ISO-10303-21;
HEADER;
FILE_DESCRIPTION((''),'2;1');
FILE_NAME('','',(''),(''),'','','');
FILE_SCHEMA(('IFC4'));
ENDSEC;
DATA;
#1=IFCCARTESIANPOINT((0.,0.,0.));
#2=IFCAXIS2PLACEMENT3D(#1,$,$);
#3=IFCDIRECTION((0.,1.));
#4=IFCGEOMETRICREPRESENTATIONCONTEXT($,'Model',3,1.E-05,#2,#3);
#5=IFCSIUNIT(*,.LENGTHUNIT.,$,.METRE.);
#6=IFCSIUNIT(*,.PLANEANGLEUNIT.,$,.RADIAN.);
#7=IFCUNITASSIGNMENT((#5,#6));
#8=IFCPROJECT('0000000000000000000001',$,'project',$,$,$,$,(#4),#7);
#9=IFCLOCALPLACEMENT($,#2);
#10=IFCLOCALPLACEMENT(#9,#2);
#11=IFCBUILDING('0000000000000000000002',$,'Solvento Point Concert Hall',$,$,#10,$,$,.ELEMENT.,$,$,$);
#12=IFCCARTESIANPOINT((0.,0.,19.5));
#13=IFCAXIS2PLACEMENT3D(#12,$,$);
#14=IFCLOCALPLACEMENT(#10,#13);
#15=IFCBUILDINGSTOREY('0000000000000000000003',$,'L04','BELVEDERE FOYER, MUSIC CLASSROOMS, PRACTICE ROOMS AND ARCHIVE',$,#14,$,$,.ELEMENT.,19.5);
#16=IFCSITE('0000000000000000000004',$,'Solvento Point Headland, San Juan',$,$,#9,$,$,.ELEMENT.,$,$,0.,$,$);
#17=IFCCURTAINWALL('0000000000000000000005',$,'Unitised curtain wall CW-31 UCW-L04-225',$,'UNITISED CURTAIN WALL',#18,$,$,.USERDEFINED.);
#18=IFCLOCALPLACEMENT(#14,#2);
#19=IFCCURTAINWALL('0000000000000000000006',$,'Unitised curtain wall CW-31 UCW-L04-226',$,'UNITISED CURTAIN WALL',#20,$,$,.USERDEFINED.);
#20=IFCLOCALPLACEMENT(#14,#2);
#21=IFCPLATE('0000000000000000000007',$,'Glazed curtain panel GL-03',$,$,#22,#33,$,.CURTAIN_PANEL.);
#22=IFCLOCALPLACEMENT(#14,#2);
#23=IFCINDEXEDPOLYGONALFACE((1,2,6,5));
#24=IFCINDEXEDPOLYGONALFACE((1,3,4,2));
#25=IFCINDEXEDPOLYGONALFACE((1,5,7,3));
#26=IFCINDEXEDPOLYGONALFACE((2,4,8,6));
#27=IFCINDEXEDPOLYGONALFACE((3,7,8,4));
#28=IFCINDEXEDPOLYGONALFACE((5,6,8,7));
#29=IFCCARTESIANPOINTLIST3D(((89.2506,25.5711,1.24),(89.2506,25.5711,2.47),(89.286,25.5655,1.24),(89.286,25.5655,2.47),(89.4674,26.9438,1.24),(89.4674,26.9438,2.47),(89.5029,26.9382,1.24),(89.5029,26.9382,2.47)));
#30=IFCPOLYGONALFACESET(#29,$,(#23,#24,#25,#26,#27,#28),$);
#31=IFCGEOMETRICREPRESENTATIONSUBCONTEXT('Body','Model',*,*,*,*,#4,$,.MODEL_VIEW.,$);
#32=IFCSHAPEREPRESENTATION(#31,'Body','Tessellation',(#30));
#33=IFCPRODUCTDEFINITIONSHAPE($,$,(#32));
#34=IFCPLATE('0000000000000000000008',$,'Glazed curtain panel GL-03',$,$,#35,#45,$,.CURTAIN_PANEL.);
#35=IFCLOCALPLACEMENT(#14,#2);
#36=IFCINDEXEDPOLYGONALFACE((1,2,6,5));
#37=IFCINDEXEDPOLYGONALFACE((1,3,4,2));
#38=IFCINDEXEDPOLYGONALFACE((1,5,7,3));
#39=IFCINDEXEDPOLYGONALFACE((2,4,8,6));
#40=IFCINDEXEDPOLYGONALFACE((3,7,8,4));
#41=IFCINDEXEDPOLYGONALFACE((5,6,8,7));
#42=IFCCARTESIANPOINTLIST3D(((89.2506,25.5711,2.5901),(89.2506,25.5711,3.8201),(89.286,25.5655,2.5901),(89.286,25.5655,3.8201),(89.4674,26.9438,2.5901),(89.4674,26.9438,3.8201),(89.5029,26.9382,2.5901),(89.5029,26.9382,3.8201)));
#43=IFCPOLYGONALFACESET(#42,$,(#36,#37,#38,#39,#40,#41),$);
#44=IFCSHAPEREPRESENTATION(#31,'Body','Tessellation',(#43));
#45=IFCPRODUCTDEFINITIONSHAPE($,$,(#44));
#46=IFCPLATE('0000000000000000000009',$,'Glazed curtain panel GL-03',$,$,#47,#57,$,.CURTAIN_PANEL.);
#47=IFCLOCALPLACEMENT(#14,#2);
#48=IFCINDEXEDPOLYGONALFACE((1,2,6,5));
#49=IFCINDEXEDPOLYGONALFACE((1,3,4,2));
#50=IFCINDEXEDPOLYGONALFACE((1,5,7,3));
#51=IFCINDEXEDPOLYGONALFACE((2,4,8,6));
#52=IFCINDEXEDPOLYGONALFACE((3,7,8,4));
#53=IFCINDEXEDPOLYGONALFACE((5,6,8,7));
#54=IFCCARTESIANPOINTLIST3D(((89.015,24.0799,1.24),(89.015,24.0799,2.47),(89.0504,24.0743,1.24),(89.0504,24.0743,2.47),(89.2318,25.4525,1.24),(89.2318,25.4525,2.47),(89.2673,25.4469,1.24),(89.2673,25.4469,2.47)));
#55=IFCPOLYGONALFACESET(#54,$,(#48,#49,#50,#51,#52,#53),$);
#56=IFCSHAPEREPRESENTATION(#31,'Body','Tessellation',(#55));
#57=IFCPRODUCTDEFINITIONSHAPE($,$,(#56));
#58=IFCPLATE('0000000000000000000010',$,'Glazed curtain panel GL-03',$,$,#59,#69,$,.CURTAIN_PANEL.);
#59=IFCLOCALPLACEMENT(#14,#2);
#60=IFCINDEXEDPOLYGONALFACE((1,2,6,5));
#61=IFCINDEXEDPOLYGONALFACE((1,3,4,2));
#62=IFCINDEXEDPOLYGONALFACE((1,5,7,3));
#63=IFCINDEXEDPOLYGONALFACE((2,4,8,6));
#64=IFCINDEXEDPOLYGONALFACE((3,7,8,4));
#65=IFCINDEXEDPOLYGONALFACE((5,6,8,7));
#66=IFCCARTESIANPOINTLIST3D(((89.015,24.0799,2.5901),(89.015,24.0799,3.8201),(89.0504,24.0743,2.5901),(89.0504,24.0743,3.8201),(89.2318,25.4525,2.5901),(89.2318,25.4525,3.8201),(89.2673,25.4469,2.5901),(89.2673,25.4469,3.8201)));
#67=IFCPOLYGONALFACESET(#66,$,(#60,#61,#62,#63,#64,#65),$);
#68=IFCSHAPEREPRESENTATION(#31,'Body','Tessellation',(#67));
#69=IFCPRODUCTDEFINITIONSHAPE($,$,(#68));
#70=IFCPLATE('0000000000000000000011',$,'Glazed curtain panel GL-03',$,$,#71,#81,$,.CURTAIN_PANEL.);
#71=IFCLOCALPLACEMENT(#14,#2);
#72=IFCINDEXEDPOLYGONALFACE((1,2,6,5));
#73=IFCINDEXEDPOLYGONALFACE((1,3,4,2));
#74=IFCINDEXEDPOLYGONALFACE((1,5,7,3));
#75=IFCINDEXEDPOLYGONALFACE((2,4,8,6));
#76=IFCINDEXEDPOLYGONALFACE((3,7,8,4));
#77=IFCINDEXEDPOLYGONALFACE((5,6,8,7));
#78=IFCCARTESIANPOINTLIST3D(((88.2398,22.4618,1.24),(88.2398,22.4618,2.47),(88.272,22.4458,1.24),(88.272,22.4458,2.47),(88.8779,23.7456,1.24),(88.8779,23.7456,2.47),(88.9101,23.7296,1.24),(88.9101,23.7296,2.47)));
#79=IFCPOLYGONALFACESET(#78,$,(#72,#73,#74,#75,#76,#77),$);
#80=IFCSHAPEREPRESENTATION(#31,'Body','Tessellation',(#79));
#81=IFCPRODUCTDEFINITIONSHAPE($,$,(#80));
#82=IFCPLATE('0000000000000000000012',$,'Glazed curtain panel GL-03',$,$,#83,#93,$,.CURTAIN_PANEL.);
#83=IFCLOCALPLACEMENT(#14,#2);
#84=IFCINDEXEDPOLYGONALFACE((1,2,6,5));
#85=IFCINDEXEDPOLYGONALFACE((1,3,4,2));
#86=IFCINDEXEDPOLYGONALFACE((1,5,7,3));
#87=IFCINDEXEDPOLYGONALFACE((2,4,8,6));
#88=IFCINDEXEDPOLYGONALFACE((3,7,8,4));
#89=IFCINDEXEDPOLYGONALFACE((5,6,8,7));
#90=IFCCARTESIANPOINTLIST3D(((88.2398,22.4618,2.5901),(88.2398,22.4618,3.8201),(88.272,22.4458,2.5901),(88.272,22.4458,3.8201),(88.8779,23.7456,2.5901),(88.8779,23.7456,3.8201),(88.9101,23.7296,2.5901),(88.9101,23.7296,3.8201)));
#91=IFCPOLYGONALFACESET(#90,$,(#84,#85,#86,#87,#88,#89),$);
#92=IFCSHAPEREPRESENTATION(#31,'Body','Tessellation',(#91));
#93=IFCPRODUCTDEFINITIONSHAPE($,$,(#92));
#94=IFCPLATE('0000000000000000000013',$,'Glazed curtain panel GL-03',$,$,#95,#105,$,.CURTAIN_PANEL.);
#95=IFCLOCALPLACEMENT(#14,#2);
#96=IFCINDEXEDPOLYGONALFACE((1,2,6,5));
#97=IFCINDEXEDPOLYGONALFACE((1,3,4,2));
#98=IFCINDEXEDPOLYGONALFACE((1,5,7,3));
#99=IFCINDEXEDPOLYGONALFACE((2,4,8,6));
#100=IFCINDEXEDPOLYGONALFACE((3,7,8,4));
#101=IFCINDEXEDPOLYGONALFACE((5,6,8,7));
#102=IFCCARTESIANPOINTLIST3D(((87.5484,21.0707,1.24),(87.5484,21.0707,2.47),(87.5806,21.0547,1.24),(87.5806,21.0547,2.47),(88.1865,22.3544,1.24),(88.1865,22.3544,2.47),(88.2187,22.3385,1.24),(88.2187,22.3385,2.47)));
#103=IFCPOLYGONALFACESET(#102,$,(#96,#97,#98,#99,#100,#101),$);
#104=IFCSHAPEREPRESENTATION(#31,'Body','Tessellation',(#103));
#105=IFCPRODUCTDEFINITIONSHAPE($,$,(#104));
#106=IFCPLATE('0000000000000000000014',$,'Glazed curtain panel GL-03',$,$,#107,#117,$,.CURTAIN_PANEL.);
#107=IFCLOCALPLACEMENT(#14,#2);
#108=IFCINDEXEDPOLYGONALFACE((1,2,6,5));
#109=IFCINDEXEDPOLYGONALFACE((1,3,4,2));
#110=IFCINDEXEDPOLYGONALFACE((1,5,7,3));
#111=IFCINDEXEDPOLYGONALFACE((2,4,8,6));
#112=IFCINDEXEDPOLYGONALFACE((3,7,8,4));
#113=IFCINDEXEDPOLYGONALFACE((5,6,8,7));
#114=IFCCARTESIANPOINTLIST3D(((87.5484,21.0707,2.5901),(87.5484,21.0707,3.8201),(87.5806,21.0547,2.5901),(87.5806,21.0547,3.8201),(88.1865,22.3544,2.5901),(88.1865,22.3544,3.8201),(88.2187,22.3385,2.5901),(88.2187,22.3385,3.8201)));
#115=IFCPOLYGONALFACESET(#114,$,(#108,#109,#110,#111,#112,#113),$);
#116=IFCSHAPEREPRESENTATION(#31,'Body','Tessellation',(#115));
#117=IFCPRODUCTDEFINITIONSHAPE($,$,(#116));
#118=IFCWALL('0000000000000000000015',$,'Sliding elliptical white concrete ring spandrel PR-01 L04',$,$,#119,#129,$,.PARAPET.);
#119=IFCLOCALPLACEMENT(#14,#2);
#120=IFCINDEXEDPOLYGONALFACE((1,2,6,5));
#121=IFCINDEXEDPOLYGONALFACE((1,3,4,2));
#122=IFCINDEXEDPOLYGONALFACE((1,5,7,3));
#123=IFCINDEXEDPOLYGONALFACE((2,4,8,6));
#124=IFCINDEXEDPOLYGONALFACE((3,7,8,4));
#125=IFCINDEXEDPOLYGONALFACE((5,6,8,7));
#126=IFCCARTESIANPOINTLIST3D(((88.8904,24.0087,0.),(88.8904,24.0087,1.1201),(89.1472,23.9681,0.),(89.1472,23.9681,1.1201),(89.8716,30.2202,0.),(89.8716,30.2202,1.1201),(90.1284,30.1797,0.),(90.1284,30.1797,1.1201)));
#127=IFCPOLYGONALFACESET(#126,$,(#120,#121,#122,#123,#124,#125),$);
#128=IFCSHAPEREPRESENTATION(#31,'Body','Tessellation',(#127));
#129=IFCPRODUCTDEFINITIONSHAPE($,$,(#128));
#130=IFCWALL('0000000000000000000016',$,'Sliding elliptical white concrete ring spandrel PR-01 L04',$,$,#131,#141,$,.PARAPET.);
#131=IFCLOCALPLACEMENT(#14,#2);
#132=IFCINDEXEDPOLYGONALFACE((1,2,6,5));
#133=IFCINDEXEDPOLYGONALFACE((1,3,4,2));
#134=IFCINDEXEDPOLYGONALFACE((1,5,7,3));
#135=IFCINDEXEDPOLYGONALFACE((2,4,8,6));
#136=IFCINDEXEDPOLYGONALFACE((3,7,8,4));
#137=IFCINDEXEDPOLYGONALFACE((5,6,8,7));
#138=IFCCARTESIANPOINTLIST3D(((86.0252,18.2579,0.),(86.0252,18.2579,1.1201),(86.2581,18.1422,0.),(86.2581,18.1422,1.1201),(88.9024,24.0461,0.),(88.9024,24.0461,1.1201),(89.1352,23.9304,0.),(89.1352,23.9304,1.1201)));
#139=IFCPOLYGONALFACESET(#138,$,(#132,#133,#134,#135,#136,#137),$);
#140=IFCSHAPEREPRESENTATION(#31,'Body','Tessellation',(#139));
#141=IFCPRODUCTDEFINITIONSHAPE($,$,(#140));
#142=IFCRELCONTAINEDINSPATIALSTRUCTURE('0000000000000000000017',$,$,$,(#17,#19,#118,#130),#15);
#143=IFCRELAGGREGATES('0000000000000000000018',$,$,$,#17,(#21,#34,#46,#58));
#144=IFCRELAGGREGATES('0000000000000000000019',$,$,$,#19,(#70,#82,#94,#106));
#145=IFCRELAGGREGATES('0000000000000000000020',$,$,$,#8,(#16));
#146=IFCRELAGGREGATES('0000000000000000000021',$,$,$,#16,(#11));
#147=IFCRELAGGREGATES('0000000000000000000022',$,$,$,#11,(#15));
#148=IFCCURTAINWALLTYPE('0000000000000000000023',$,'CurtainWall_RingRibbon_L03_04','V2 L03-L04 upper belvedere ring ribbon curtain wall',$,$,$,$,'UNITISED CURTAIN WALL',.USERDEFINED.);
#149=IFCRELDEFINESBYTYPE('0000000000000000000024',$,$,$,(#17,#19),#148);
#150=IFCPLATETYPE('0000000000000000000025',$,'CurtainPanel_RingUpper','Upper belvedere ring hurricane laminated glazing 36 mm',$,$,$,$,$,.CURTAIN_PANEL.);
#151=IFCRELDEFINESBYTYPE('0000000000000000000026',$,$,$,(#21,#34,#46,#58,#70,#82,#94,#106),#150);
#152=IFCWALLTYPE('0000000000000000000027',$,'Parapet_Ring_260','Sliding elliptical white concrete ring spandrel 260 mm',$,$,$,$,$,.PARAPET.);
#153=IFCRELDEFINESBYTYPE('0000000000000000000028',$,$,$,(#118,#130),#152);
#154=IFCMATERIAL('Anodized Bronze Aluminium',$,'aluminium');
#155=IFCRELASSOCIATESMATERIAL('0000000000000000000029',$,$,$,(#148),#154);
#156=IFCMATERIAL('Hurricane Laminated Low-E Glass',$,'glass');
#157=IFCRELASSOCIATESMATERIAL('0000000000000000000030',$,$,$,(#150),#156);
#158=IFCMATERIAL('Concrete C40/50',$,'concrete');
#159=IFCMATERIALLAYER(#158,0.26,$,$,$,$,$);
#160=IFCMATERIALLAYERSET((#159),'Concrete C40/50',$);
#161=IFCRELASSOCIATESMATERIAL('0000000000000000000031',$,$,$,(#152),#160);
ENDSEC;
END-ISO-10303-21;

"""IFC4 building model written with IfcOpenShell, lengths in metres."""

from ifc_helpers import new_model, si_unit, direction, frame, frame_2d, origin, origin_2d, place, context, subcontext, project, spatial, rectangle, extrude, material, layer, layer_set, type_object, element, aggregate, save


model = new_model("IFC4")

# Units and contexts
model_context = context("Model", 3, precision=1e-05, world=origin(), true_north=direction((0.0, 1.0)))
body_context = subcontext(model_context, "Body", "Model", "MODEL_VIEW")
ifc_project = project(units=[si_unit("LENGTHUNIT", "METRE"), si_unit("PLANEANGLEUNIT", "RADIAN")], contexts=[model_context])

# Site, building, storey
site_placement = place(None, origin())
site = spatial("IfcSite", under=ifc_project, at=site_placement, Name="Solvento Point Headland, San Juan", CompositionType="ELEMENT", RefElevation=0.0)
building_placement = place(site_placement, origin())
building = spatial("IfcBuilding", under=site, at=building_placement, Name="Solvento Point Concert Hall", CompositionType="ELEMENT")
storey_placement = place(building_placement, frame((0.0, 0.0, 19.5)))
storey = spatial("IfcBuildingStorey", under=building, at=storey_placement, Name="L04", Description="BELVEDERE FOYER, MUSIC CLASSROOMS, PRACTICE ROOMS AND ARCHIVE", CompositionType="ELEMENT", Elevation=19.5)

# Curtain walls
ifc_material_1 = material(Name="Anodized Bronze Aluminium", Category="aluminium")
curtain_wall_type = type_object("IfcCurtainWallType", Name="CurtainWall_RingRibbon_L03_04", Description="V2 L03-L04 upper belvedere ring ribbon curtain wall", ElementType="UNITISED CURTAIN WALL", PredefinedType="USERDEFINED", material=ifc_material_1)
curtain_wall_1_placement = place(storey_placement, origin())
curtain_wall_1 = element("IfcCurtainWall", 1, at=curtain_wall_1_placement, inside=storey, type_object=curtain_wall_type, Name="Unitised curtain wall CW-31 UCW-L04-225", ObjectType="UNITISED CURTAIN WALL", PredefinedType="USERDEFINED")
curtain_wall_2_placement = place(storey_placement, origin())
curtain_wall_2 = element("IfcCurtainWall", 2, at=curtain_wall_2_placement, inside=storey, type_object=curtain_wall_type, Name="Unitised curtain wall CW-31 UCW-L04-226", ObjectType="UNITISED CURTAIN WALL", PredefinedType="USERDEFINED")

# Plates
ifc_material_2 = material(Name="Hurricane Laminated Low-E Glass", Category="glass")
plate_type = type_object("IfcPlateType", Name="CurtainPanel_RingUpper", Description="Upper belvedere ring hurricane laminated glazing 36 mm", PredefinedType="CURTAIN_PANEL", material=ifc_material_2)
plate_1_placement = place(storey_placement, frame((89.3767, 26.2546, 1.24), z_axis=(0.0, 0.0, 1.0), x_axis=(-0.156041, -0.987751, 0.0)))
plate_1 = element("IfcPlate", 3, at=plate_1_placement, type_object=plate_type, Name="Glazed curtain panel GL-03", PredefinedType="CURTAIN_PANEL", context=body_context, shape_type="SweptSolid", body=[
    extrude(rectangle(XDim=1.3896, YDim=0.0359, at=origin_2d()), origin(), (0.0, 0.0, 1.0), 1.23),
])
plate_2_placement = place(storey_placement, frame((89.3767, 26.2546, 2.5901), z_axis=(0.0, 0.0, 1.0), x_axis=(-0.156041, -0.987751, 0.0)))
plate_2 = element("IfcPlate", 4, at=plate_2_placement, type_object=plate_type, Name="Glazed curtain panel GL-03", PredefinedType="CURTAIN_PANEL", context=body_context, shape_type="SweptSolid", body=[
    extrude(rectangle(XDim=1.3896, YDim=0.0359, at=origin_2d()), origin(), (0.0, 0.0, 1.0), 1.23),
])
plate_3_placement = place(storey_placement, frame((89.1411, 24.7634, 1.24), z_axis=(0.0, 0.0, 1.0), x_axis=(-0.156041, -0.987751, 0.0)))
plate_3 = element("IfcPlate", 5, at=plate_3_placement, type_object=plate_type, Name="Glazed curtain panel GL-03", PredefinedType="CURTAIN_PANEL", context=body_context, shape_type="SweptSolid", body=[
    extrude(rectangle(XDim=1.3896, YDim=0.0359, at=origin_2d()), origin(), (0.0, 0.0, 1.0), 1.23),
])
plate_4_placement = place(storey_placement, frame((89.1411, 24.7634, 2.5901), z_axis=(0.0, 0.0, 1.0), x_axis=(-0.156041, -0.987751, 0.0)))
plate_4 = element("IfcPlate", 6, at=plate_4_placement, type_object=plate_type, Name="Glazed curtain panel GL-03", PredefinedType="CURTAIN_PANEL", context=body_context, shape_type="SweptSolid", body=[
    extrude(rectangle(XDim=1.3896, YDim=0.0359, at=origin_2d()), origin(), (0.0, 0.0, 1.0), 1.23),
])
aggregate(curtain_wall_1, [plate_1, plate_2, plate_3, plate_4])
plate_5_placement = place(storey_placement, frame((88.575, 23.0957, 1.24), z_axis=(0.0, 0.0, 1.0), x_axis=(-0.445115, -0.895473, 0.0)))
plate_5 = element("IfcPlate", 7, at=plate_5_placement, type_object=plate_type, Name="Glazed curtain panel GL-03", PredefinedType="CURTAIN_PANEL", context=body_context, shape_type="SweptSolid", body=[
    extrude(rectangle(XDim=1.4336, YDim=0.0359, at=origin_2d()), origin(), (0.0, 0.0, 1.0), 1.23),
])
plate_6_placement = place(storey_placement, frame((88.575, 23.0957, 2.5901), z_axis=(0.0, 0.0, 1.0), x_axis=(-0.445115, -0.895473, 0.0)))
plate_6 = element("IfcPlate", 8, at=plate_6_placement, type_object=plate_type, Name="Glazed curtain panel GL-03", PredefinedType="CURTAIN_PANEL", context=body_context, shape_type="SweptSolid", body=[
    extrude(rectangle(XDim=1.4336, YDim=0.0359, at=origin_2d()), origin(), (0.0, 0.0, 1.0), 1.23),
])
plate_7_placement = place(storey_placement, frame((87.8835, 21.7046, 1.24), z_axis=(0.0, 0.0, 1.0), x_axis=(-0.445115, -0.895473, 0.0)))
plate_7 = element("IfcPlate", 9, at=plate_7_placement, type_object=plate_type, Name="Glazed curtain panel GL-03", PredefinedType="CURTAIN_PANEL", context=body_context, shape_type="SweptSolid", body=[
    extrude(rectangle(XDim=1.4336, YDim=0.0359, at=origin_2d()), origin(), (0.0, 0.0, 1.0), 1.23),
])
plate_8_placement = place(storey_placement, frame((87.8835, 21.7046, 2.5901), z_axis=(0.0, 0.0, 1.0), x_axis=(-0.445115, -0.895473, 0.0)))
plate_8 = element("IfcPlate", 10, at=plate_8_placement, type_object=plate_type, Name="Glazed curtain panel GL-03", PredefinedType="CURTAIN_PANEL", context=body_context, shape_type="SweptSolid", body=[
    extrude(rectangle(XDim=1.4336, YDim=0.0359, at=origin_2d()), origin(), (0.0, 0.0, 1.0), 1.23),
])
aggregate(curtain_wall_2, [plate_5, plate_6, plate_7, plate_8])

# Walls
ifc_material_3 = material(Name="Concrete C40/50", Category="concrete")
ifc_layer = layer(ifc_material_3, 0.26)
ifc_layer_set = layer_set([ifc_layer], Name="Concrete C40/50")
wall_type = type_object("IfcWallType", Name="Parapet_Ring_260", Description="Sliding elliptical white concrete ring spandrel 260 mm", PredefinedType="PARAPET", material=ifc_layer_set)
wall_1_placement = place(storey_placement, frame((90.0, 30.2, 0.0), z_axis=(0.0, 0.0, 1.0), x_axis=(-0.156026, -0.987753, 0.0)))
element("IfcWall", 11, at=wall_1_placement, inside=storey, type_object=wall_type, Name="Sliding elliptical white concrete ring spandrel PR-01 L04", PredefinedType="PARAPET", context=body_context, shape_type="SweptSolid", body=[
    extrude(rectangle(XDim=6.2886, YDim=0.26, at=frame_2d((3.1443, 0.0))), origin(), (0.0, 0.0, 1.0), 1.1201),
])
wall_2_placement = place(storey_placement, frame((89.0188, 23.9883, 0.0), z_axis=(0.0, 0.0, 1.0), x_axis=(-0.445112, -0.895475, 0.0)))
element("IfcWall", 12, at=wall_2_placement, inside=storey, type_object=wall_type, Name="Sliding elliptical white concrete ring spandrel PR-01 L04", PredefinedType="PARAPET", context=body_context, shape_type="SweptSolid", body=[
    extrude(rectangle(XDim=6.4639, YDim=0.26, at=frame_2d((3.2319, 0.0))), origin(), (0.0, 0.0, 1.0), 1.1201),
])

save(model, "model.ifc")
